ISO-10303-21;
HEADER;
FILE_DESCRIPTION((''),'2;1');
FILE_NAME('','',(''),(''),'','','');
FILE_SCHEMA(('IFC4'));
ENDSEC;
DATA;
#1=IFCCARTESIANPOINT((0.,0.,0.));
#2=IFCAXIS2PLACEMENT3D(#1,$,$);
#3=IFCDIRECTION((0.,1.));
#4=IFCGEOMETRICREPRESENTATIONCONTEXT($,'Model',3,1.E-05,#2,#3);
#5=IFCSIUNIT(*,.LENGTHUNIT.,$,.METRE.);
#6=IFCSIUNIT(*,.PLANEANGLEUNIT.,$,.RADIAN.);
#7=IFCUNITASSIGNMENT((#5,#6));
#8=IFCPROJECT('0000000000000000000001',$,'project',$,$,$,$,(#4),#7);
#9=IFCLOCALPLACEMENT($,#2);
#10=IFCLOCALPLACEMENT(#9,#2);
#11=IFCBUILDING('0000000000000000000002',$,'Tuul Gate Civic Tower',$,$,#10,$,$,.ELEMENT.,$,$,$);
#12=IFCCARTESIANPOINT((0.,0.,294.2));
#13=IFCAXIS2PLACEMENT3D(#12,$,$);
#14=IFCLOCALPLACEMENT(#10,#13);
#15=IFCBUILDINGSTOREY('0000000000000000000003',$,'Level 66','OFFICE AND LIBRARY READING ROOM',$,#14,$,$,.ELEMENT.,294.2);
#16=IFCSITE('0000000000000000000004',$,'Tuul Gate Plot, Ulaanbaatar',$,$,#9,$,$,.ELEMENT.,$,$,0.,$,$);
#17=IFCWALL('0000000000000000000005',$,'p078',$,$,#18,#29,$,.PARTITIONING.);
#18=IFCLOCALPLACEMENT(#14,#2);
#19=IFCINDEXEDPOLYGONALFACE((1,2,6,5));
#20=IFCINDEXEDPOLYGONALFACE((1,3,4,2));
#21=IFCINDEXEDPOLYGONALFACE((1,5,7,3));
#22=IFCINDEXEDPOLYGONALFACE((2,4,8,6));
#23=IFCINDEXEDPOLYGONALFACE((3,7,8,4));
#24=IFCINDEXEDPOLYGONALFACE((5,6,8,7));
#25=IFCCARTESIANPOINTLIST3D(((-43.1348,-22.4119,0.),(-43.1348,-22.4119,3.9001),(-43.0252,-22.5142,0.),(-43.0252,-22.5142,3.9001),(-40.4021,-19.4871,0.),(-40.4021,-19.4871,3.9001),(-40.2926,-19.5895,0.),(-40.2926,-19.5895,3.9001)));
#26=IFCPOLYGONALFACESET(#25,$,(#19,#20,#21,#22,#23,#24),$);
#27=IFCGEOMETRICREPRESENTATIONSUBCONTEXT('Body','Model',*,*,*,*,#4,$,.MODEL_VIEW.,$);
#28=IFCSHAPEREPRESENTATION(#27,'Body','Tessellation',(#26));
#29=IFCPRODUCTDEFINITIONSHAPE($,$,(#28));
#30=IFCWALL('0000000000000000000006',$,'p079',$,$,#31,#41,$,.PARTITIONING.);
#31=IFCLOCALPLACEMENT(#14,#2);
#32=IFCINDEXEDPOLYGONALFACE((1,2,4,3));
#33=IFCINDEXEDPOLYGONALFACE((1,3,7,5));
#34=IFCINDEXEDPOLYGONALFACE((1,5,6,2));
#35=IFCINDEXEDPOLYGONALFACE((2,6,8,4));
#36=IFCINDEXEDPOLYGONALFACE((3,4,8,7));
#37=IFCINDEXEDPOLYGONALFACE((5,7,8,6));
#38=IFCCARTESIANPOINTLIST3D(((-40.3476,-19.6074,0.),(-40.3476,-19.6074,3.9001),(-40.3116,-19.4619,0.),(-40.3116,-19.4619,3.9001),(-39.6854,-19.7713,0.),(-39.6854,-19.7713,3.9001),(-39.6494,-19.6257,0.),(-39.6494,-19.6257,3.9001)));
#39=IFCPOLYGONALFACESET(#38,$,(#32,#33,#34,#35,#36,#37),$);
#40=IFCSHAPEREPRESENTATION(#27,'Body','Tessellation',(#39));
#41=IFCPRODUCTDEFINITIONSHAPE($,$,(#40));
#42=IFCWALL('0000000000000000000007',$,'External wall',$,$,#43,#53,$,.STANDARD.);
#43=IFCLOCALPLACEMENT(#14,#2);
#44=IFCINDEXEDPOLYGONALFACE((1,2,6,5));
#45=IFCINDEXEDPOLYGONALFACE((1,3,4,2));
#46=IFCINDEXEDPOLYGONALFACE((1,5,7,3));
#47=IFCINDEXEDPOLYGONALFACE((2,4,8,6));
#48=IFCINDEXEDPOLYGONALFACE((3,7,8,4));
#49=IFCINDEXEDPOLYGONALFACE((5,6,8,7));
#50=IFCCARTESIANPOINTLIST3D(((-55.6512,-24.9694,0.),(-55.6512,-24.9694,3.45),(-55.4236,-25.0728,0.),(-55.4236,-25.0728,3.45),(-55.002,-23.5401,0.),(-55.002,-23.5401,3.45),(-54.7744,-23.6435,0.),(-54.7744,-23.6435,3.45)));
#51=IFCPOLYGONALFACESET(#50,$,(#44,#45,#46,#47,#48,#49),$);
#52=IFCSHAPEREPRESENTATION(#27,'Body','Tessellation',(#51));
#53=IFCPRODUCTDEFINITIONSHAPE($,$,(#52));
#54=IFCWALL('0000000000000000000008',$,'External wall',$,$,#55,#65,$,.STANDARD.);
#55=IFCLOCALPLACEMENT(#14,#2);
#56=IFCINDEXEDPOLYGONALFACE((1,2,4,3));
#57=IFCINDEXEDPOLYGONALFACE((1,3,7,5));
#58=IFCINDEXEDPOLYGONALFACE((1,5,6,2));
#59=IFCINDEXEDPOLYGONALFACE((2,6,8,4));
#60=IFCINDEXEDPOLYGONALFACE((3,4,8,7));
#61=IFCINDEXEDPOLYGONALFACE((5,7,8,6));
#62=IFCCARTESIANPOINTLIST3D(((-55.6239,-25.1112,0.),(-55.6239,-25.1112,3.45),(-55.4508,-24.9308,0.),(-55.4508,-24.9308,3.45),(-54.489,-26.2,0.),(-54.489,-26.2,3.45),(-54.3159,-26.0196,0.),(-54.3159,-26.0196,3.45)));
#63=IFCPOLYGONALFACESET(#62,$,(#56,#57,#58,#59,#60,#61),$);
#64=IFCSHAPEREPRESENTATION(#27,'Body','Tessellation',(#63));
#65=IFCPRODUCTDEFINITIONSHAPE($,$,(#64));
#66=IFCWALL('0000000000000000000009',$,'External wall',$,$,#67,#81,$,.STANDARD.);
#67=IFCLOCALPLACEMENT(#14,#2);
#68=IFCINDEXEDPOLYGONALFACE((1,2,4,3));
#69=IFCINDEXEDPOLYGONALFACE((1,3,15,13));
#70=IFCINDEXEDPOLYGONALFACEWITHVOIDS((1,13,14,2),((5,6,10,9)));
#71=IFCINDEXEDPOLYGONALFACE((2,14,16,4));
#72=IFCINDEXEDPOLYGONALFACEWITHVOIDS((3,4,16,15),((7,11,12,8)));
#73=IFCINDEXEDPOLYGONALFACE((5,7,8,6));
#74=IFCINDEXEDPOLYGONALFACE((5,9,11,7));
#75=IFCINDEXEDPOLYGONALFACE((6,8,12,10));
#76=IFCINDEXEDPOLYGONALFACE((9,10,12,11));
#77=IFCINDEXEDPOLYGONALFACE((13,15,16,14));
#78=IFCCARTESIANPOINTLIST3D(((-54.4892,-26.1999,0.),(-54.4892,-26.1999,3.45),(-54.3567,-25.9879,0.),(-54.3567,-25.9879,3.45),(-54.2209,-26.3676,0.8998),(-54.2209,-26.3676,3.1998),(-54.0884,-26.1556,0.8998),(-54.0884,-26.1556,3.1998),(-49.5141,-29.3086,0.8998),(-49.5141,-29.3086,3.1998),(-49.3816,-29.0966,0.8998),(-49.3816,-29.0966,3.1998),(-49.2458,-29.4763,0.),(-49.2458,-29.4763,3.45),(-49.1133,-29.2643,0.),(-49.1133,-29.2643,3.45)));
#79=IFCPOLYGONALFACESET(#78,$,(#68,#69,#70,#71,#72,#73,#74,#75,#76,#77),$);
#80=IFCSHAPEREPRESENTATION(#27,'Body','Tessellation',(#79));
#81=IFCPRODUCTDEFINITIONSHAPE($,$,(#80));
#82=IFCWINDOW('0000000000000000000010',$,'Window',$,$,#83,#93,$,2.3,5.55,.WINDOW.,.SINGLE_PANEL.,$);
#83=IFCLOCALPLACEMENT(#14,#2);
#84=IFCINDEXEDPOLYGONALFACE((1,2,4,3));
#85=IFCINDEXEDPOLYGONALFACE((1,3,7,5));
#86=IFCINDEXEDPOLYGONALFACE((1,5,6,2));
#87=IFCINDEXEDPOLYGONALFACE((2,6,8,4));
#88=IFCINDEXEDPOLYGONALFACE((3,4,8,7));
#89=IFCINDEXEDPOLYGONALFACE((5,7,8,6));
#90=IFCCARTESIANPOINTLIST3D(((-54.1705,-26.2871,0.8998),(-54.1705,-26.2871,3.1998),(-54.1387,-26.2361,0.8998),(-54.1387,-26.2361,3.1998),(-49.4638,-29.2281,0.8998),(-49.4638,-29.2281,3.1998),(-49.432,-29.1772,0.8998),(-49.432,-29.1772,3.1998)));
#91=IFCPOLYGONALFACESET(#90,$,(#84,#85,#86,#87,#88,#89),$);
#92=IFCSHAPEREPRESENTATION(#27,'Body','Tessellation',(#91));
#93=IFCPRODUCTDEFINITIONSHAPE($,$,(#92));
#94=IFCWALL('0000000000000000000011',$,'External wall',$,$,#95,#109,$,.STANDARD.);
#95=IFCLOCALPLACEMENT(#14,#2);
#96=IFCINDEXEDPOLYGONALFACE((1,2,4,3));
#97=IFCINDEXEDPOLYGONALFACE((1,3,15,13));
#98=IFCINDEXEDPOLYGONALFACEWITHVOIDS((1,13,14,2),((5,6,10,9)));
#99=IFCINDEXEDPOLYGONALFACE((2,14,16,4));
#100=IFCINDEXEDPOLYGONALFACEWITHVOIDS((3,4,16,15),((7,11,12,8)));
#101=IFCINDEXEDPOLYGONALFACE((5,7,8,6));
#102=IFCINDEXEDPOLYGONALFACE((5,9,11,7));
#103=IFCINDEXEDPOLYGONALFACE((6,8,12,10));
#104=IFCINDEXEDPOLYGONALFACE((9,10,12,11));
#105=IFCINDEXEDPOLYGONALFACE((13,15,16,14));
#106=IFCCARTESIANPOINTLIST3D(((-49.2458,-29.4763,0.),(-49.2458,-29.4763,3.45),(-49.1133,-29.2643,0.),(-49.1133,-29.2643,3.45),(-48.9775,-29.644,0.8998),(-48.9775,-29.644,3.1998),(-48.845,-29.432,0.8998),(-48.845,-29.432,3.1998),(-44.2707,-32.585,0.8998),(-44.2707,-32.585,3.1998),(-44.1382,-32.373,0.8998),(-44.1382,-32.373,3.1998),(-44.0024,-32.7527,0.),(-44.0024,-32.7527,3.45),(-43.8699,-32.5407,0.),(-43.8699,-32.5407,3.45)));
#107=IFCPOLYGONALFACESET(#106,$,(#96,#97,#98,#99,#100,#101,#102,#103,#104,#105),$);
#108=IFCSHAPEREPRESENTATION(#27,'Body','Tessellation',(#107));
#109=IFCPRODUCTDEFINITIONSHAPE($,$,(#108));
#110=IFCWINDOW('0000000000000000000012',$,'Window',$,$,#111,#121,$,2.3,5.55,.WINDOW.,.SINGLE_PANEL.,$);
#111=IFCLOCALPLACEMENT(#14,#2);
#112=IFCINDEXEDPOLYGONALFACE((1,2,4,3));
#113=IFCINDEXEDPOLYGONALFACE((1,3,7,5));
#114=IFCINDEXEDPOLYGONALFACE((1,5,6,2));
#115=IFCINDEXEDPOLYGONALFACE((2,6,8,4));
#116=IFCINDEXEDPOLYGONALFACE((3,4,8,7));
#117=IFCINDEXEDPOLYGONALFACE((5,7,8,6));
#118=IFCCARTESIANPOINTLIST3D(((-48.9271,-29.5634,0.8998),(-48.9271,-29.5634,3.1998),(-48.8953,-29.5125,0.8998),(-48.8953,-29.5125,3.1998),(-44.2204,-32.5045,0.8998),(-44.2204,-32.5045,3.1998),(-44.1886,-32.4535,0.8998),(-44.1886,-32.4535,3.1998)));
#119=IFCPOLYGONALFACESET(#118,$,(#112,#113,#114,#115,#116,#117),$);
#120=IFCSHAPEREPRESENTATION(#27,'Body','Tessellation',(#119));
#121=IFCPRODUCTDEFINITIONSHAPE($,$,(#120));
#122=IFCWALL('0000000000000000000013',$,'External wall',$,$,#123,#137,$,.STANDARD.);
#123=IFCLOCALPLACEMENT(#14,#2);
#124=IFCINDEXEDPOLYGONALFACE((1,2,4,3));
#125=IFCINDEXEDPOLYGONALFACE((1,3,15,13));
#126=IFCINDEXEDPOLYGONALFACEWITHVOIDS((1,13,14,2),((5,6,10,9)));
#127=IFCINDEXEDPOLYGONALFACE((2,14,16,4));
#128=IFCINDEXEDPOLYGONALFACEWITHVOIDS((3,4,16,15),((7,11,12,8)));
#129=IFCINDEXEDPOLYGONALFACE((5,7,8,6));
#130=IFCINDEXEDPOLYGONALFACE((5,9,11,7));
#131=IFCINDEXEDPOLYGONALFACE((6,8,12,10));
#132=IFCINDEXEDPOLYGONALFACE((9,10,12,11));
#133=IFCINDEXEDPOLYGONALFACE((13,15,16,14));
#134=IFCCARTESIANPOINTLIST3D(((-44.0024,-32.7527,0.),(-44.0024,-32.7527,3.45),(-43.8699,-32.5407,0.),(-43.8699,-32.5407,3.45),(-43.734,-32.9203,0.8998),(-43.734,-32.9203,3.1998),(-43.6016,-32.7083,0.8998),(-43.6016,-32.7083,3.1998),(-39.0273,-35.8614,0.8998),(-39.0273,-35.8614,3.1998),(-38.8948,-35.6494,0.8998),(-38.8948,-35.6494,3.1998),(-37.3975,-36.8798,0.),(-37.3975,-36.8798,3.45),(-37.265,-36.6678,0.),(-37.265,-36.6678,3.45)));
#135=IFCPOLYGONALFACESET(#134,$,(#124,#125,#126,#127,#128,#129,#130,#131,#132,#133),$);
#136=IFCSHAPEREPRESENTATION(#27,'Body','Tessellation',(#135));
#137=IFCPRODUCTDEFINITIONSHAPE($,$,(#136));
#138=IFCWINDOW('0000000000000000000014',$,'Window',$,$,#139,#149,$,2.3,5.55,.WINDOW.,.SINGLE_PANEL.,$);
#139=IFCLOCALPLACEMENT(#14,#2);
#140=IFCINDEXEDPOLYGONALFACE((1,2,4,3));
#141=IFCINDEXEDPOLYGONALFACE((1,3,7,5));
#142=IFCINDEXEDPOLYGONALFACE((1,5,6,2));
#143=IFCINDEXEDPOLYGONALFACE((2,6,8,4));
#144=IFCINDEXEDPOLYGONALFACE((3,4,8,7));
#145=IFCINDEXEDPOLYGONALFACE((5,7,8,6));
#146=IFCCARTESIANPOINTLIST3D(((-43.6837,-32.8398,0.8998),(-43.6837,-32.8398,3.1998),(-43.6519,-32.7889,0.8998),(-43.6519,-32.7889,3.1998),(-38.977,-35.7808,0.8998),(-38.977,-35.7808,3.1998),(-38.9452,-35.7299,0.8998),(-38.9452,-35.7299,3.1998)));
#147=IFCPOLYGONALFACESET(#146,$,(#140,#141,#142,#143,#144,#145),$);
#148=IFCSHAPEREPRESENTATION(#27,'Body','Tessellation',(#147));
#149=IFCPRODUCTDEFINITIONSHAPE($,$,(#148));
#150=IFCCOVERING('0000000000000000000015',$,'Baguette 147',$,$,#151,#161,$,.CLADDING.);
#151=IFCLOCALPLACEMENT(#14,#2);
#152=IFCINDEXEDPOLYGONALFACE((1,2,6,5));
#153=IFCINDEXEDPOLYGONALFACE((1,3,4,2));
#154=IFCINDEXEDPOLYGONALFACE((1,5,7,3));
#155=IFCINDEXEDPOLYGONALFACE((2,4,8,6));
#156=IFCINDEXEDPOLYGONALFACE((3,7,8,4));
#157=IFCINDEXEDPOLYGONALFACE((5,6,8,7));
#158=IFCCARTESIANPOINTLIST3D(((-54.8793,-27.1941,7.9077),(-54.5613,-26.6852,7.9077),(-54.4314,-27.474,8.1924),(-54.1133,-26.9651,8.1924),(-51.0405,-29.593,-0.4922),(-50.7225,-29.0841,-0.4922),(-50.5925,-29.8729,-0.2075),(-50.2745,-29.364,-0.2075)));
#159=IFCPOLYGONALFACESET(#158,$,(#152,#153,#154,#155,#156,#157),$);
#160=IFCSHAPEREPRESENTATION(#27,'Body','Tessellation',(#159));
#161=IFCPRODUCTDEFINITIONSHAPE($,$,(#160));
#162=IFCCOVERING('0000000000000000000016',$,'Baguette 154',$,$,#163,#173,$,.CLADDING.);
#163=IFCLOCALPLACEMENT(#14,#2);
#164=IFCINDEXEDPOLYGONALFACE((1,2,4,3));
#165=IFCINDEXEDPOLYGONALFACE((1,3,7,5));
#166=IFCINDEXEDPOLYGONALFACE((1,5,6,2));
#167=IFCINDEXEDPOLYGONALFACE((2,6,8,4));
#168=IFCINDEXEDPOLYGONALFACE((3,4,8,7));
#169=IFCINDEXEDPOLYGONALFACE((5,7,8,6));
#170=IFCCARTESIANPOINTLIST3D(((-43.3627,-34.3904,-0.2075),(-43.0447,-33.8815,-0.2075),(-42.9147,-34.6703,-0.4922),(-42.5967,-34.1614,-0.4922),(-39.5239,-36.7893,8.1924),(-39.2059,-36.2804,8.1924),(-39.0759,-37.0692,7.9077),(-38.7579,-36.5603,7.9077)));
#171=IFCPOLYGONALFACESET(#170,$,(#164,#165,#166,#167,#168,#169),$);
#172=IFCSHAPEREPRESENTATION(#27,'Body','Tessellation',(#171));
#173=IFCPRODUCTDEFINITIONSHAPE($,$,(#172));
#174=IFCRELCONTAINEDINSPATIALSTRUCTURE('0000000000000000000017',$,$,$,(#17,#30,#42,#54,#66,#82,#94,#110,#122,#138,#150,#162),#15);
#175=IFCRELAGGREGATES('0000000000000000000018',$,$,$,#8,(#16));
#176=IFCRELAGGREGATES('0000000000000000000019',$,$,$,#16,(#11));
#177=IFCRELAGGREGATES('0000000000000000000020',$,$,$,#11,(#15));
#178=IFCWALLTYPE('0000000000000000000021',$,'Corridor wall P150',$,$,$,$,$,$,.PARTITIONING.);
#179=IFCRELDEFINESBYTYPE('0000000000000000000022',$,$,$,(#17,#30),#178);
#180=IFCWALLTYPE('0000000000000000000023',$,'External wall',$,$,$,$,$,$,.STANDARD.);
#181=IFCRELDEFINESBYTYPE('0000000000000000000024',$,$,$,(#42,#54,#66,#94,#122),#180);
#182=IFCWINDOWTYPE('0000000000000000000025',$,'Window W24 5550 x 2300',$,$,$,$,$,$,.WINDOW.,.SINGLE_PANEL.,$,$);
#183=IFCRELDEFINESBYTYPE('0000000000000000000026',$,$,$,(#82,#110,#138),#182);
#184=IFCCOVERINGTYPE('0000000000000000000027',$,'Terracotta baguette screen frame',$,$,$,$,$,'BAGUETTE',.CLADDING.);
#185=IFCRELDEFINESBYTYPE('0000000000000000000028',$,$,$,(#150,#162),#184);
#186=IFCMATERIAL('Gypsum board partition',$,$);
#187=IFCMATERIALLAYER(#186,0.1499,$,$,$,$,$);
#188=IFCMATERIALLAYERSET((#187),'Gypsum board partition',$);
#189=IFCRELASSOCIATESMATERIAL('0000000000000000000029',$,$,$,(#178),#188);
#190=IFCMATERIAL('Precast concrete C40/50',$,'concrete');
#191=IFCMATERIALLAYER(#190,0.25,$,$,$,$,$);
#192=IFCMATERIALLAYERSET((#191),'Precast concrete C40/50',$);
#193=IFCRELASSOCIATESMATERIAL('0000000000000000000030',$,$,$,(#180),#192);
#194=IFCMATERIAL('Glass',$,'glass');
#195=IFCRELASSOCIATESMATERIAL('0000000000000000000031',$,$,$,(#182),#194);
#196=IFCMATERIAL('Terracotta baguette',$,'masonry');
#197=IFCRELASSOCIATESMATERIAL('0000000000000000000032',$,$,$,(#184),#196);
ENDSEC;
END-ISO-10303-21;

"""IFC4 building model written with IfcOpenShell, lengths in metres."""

from ifc_helpers import new_model, si_unit, direction, frame, frame_2d, origin, origin_2d, place, context, subcontext, project, spatial, rectangle, extrude, material, layer, layer_set, material_profile, profile_set, type_object, element, fill, save


model = new_model("IFC4")

# Units and contexts
model_context = context("Model", 3, precision=1e-05, world=origin(), true_north=direction((0.0, 1.0)))
body_context = subcontext(model_context, "Body", "Model", "MODEL_VIEW")
ifc_project = project(units=[si_unit("LENGTHUNIT", "METRE"), si_unit("PLANEANGLEUNIT", "RADIAN")], contexts=[model_context])

# Site, building, storey
site_placement = place(None, origin())
site = spatial("IfcSite", under=ifc_project, at=site_placement, Name="Tuul Gate Plot, Ulaanbaatar", CompositionType="ELEMENT", RefElevation=0.0)
building_placement = place(site_placement, origin())
building = spatial("IfcBuilding", under=site, at=building_placement, Name="Tuul Gate Civic Tower", CompositionType="ELEMENT")
storey_placement = place(building_placement, frame((0.0, 0.0, 294.2)))
storey = spatial("IfcBuildingStorey", under=building, at=storey_placement, Name="Level 66", Description="OFFICE AND LIBRARY READING ROOM", CompositionType="ELEMENT", Elevation=294.2)

# Shared definitions
ifc_material_1 = material(Name="Gypsum board partition")
ifc_layer_1 = layer(ifc_material_1, 0.1499)
ifc_layer_set_1 = layer_set([ifc_layer_1], Name="Gypsum board partition")
wall_type_1 = type_object("IfcWallType", Name="Corridor wall P150", PredefinedType="PARTITIONING", material=ifc_layer_set_1)

# Walls
wall_1_placement = place(storey_placement, frame((-43.0801, -22.4631, 0.0), z_axis=(0.0, 0.0, 1.0), x_axis=(0.682698, 0.7307, 0.0)))
element("IfcWall", 1, at=wall_1_placement, inside=storey, type_object=wall_type_1, Name="p078", PredefinedType="PARTITIONING", context=body_context, shape_type="SweptSolid", body=[
    extrude(rectangle(XDim=4.0027, YDim=0.1499, at=frame_2d((2.0015, 0.0))), origin(), (0.0, 0.0, 1.0), 3.9001),
])
wall_2_placement = place(storey_placement, frame((-40.3296, -19.5347, 0.0), z_axis=(0.0, 0.0, 1.0), x_axis=(0.970729, -0.240177, 0.0)))
element("IfcWall", 2, at=wall_2_placement, inside=storey, type_object=wall_type_1, Name="p079", PredefinedType="PARTITIONING", context=body_context, shape_type="SweptSolid", body=[
    extrude(rectangle(XDim=0.6821, YDim=0.1499, at=frame_2d((0.3411, 0.0))), origin(), (0.0, 0.0, 1.0), 3.9001),
])
ifc_material_2 = material(Name="Precast concrete C40/50", Category="concrete")
ifc_layer_2 = layer(ifc_material_2, 0.25)
ifc_layer_set_2 = layer_set([ifc_layer_2], Name="Precast concrete C40/50")
wall_type_2 = type_object("IfcWallType", Name="External wall", PredefinedType="STANDARD", material=ifc_layer_set_2)
wall_3_placement = place(storey_placement, frame((-54.8882, -23.5918, 0.0), z_axis=(0.0, 0.0, 1.0), x_axis=(-0.413557, -0.910478, 0.0)))
element("IfcWall", 3, at=wall_3_placement, inside=storey, type_object=wall_type_2, Name="External wall", PredefinedType="STANDARD", context=body_context, shape_type="SweptSolid", body=[
    extrude(rectangle(XDim=1.5698, YDim=0.25, at=frame_2d((0.7849, 0.0))), origin(), (0.0, 0.0, 1.0), 3.45),
])
wall_4_placement = place(storey_placement, frame((-55.5374, -25.021, 0.0), z_axis=(0.0, 0.0, 1.0), x_axis=(0.721623, -0.692286, 0.0)))
element("IfcWall", 4, at=wall_4_placement, inside=storey, type_object=wall_type_2, Name="External wall", PredefinedType="STANDARD", context=body_context, shape_type="SweptSolid", body=[
    extrude(rectangle(XDim=1.5728, YDim=0.25, at=frame_2d((0.7864, 0.0))), origin(), (0.0, 0.0, 1.0), 3.45),
])

# Walls, openings, windows
wall_5_placement = place(storey_placement, frame((-54.4229, -26.094, 0.0), z_axis=(0.0, 0.0, 1.0), x_axis=(0.848054, -0.52991, 0.0)))
wall_5 = element("IfcWall", 5, at=wall_5_placement, inside=storey, type_object=wall_type_2, Name="External wall", PredefinedType="STANDARD", context=body_context, shape_type="SweptSolid", body=[
    extrude(rectangle(XDim=6.1829, YDim=0.25, at=frame_2d((3.0913, 0.0))), origin(), (0.0, 0.0, 1.0), 3.45),
])
opening_1_placement = place(wall_5_placement, frame((0.3164, 0.0, 0.8999)))
opening_1 = element("IfcOpeningElement", 6, at=opening_1_placement, cuts=wall_5, PredefinedType="OPENING", context=body_context, shape_type="SweptSolid", body=[
    extrude(rectangle(XDim=5.55, YDim=2.3, at=frame_2d((2.7749, 1.1499))), frame((0.0, 0.135, 0.0), z_axis=(0.0, -1.0, 0.0), x_axis=(1.0, 0.0, 0.0)), (0.0, 0.0, 1.0), 0.27),
])
ifc_material_3 = material(Name="Glass", Category="glass")
window_type = type_object("IfcWindowType", Name="Window W24 5550 x 2300", PartitioningType="SINGLE_PANEL", PredefinedType="WINDOW", material=ifc_material_3)
window_1_placement = place(opening_1_placement, origin())
window_1 = element("IfcWindow", 7, at=window_1_placement, inside=storey, type_object=window_type, Name="Window", OverallHeight=2.3, OverallWidth=5.55, PartitioningType="SINGLE_PANEL", PredefinedType="WINDOW", context=body_context, shape_type="SweptSolid", body=[
    extrude(rectangle(XDim=5.55, YDim=2.3, at=frame_2d((2.7749, 1.1499))), frame((0.0, 0.03, 0.0), z_axis=(0.0, -1.0, 0.0), x_axis=(1.0, 0.0, 0.0)), (0.0, 0.0, 1.0), 0.0601),
])
fill(opening_1, window_1)
wall_6_placement = place(storey_placement, frame((-49.1794, -29.3704, 0.0), z_axis=(0.0, 0.0, 1.0), x_axis=(0.848054, -0.52991, 0.0)))
wall_6 = element("IfcWall", 8, at=wall_6_placement, inside=storey, type_object=wall_type_2, Name="External wall", PredefinedType="STANDARD", context=body_context, shape_type="SweptSolid", body=[
    extrude(rectangle(XDim=6.1829, YDim=0.25, at=frame_2d((3.0913, 0.0))), origin(), (0.0, 0.0, 1.0), 3.45),
])
opening_2_placement = place(wall_6_placement, frame((0.3164, 0.0, 0.8999)))
opening_2 = element("IfcOpeningElement", 9, at=opening_2_placement, cuts=wall_6, PredefinedType="OPENING", context=body_context, shape_type="SweptSolid", body=[
    extrude(rectangle(XDim=5.55, YDim=2.3, at=frame_2d((2.7749, 1.1499))), frame((0.0, 0.135, 0.0), z_axis=(0.0, -1.0, 0.0), x_axis=(1.0, 0.0, 0.0)), (0.0, 0.0, 1.0), 0.27),
])
window_2_placement = place(opening_2_placement, origin())
window_2 = element("IfcWindow", 10, at=window_2_placement, inside=storey, type_object=window_type, Name="Window", OverallHeight=2.3, OverallWidth=5.55, PartitioningType="SINGLE_PANEL", PredefinedType="WINDOW", context=body_context, shape_type="SweptSolid", body=[
    extrude(rectangle(XDim=5.55, YDim=2.3, at=frame_2d((2.7749, 1.1499))), frame((0.0, 0.03, 0.0), z_axis=(0.0, -1.0, 0.0), x_axis=(1.0, 0.0, 0.0)), (0.0, 0.0, 1.0), 0.0601),
])
fill(opening_2, window_2)
wall_7_placement = place(storey_placement, frame((-43.936, -32.6467, 0.0), z_axis=(0.0, 0.0, 1.0), x_axis=(0.848051, -0.529914, 0.0)))
wall_7 = element("IfcWall", 11, at=wall_7_placement, inside=storey, type_object=wall_type_2, Name="External wall", PredefinedType="STANDARD", context=body_context, shape_type="SweptSolid", body=[
    extrude(rectangle(XDim=7.7883, YDim=0.25, at=frame_2d((3.894, 0.0))), origin(), (0.0, 0.0, 1.0), 3.45),
])
opening_3_placement = place(wall_7_placement, frame((0.3164, 0.0, 0.8999)))
opening_3 = element("IfcOpeningElement", 12, at=opening_3_placement, cuts=wall_7, PredefinedType="OPENING", context=body_context, shape_type="SweptSolid", body=[
    extrude(rectangle(XDim=5.55, YDim=2.3, at=frame_2d((2.7749, 1.1499))), frame((0.0, 0.135, 0.0), z_axis=(0.0, -1.0, 0.0), x_axis=(1.0, 0.0, 0.0)), (0.0, 0.0, 1.0), 0.27),
])
window_3_placement = place(opening_3_placement, origin())
window_3 = element("IfcWindow", 13, at=window_3_placement, inside=storey, type_object=window_type, Name="Window", OverallHeight=2.3, OverallWidth=5.55, PartitioningType="SINGLE_PANEL", PredefinedType="WINDOW", context=body_context, shape_type="SweptSolid", body=[
    extrude(rectangle(XDim=5.55, YDim=2.3, at=frame_2d((2.7749, 1.1499))), frame((0.0, 0.03, 0.0), z_axis=(0.0, -1.0, 0.0), x_axis=(1.0, 0.0, 0.0)), (0.0, 0.0, 1.0), 0.0601),
])
fill(opening_3, window_3)

# Coverings
ifc_material_4 = material(Name="Terracotta baguette", Category="masonry")
ifc_material_profile_1 = material_profile(ifc_material_4, rectangle(XDim=0.6001, YDim=0.6001, at=origin_2d()), Name="Terracotta baguette screen frame")
ifc_profile_set_1 = profile_set([ifc_material_profile_1], Name="Terracotta baguette")
covering_type = type_object("IfcCoveringType", Name="Terracotta baguette screen frame", ElementType="BAGUETTE", PredefinedType="CLADDING", material=ifc_profile_set_1)
for number, where, z_axis, x_axis, name in (
    (14, (-54.4963, -27.0796, 8.05), (0.402312, -0.251407, -0.880307), (0.529941, 0.848035, 0.0), "Baguette 147"),
    (15, (-42.9797, -34.2759, -0.3499), (0.402312, -0.251407, 0.880307), (0.529941, 0.848035, 0.0), "Baguette 154"),
):
    element("IfcCovering", number, at=place(storey_placement, frame(where, z_axis=z_axis, x_axis=x_axis)), inside=storey, type_object=covering_type, Name=name, PredefinedType="CLADDING", context=body_context, shape_type="SweptSolid", body=[
        extrude(rectangle(XDim=0.6001, YDim=0.6001, at=origin_2d()), origin(), (0.0, 0.0, 1.0), 9.542),
    ])

save(model, "model.ifc")
